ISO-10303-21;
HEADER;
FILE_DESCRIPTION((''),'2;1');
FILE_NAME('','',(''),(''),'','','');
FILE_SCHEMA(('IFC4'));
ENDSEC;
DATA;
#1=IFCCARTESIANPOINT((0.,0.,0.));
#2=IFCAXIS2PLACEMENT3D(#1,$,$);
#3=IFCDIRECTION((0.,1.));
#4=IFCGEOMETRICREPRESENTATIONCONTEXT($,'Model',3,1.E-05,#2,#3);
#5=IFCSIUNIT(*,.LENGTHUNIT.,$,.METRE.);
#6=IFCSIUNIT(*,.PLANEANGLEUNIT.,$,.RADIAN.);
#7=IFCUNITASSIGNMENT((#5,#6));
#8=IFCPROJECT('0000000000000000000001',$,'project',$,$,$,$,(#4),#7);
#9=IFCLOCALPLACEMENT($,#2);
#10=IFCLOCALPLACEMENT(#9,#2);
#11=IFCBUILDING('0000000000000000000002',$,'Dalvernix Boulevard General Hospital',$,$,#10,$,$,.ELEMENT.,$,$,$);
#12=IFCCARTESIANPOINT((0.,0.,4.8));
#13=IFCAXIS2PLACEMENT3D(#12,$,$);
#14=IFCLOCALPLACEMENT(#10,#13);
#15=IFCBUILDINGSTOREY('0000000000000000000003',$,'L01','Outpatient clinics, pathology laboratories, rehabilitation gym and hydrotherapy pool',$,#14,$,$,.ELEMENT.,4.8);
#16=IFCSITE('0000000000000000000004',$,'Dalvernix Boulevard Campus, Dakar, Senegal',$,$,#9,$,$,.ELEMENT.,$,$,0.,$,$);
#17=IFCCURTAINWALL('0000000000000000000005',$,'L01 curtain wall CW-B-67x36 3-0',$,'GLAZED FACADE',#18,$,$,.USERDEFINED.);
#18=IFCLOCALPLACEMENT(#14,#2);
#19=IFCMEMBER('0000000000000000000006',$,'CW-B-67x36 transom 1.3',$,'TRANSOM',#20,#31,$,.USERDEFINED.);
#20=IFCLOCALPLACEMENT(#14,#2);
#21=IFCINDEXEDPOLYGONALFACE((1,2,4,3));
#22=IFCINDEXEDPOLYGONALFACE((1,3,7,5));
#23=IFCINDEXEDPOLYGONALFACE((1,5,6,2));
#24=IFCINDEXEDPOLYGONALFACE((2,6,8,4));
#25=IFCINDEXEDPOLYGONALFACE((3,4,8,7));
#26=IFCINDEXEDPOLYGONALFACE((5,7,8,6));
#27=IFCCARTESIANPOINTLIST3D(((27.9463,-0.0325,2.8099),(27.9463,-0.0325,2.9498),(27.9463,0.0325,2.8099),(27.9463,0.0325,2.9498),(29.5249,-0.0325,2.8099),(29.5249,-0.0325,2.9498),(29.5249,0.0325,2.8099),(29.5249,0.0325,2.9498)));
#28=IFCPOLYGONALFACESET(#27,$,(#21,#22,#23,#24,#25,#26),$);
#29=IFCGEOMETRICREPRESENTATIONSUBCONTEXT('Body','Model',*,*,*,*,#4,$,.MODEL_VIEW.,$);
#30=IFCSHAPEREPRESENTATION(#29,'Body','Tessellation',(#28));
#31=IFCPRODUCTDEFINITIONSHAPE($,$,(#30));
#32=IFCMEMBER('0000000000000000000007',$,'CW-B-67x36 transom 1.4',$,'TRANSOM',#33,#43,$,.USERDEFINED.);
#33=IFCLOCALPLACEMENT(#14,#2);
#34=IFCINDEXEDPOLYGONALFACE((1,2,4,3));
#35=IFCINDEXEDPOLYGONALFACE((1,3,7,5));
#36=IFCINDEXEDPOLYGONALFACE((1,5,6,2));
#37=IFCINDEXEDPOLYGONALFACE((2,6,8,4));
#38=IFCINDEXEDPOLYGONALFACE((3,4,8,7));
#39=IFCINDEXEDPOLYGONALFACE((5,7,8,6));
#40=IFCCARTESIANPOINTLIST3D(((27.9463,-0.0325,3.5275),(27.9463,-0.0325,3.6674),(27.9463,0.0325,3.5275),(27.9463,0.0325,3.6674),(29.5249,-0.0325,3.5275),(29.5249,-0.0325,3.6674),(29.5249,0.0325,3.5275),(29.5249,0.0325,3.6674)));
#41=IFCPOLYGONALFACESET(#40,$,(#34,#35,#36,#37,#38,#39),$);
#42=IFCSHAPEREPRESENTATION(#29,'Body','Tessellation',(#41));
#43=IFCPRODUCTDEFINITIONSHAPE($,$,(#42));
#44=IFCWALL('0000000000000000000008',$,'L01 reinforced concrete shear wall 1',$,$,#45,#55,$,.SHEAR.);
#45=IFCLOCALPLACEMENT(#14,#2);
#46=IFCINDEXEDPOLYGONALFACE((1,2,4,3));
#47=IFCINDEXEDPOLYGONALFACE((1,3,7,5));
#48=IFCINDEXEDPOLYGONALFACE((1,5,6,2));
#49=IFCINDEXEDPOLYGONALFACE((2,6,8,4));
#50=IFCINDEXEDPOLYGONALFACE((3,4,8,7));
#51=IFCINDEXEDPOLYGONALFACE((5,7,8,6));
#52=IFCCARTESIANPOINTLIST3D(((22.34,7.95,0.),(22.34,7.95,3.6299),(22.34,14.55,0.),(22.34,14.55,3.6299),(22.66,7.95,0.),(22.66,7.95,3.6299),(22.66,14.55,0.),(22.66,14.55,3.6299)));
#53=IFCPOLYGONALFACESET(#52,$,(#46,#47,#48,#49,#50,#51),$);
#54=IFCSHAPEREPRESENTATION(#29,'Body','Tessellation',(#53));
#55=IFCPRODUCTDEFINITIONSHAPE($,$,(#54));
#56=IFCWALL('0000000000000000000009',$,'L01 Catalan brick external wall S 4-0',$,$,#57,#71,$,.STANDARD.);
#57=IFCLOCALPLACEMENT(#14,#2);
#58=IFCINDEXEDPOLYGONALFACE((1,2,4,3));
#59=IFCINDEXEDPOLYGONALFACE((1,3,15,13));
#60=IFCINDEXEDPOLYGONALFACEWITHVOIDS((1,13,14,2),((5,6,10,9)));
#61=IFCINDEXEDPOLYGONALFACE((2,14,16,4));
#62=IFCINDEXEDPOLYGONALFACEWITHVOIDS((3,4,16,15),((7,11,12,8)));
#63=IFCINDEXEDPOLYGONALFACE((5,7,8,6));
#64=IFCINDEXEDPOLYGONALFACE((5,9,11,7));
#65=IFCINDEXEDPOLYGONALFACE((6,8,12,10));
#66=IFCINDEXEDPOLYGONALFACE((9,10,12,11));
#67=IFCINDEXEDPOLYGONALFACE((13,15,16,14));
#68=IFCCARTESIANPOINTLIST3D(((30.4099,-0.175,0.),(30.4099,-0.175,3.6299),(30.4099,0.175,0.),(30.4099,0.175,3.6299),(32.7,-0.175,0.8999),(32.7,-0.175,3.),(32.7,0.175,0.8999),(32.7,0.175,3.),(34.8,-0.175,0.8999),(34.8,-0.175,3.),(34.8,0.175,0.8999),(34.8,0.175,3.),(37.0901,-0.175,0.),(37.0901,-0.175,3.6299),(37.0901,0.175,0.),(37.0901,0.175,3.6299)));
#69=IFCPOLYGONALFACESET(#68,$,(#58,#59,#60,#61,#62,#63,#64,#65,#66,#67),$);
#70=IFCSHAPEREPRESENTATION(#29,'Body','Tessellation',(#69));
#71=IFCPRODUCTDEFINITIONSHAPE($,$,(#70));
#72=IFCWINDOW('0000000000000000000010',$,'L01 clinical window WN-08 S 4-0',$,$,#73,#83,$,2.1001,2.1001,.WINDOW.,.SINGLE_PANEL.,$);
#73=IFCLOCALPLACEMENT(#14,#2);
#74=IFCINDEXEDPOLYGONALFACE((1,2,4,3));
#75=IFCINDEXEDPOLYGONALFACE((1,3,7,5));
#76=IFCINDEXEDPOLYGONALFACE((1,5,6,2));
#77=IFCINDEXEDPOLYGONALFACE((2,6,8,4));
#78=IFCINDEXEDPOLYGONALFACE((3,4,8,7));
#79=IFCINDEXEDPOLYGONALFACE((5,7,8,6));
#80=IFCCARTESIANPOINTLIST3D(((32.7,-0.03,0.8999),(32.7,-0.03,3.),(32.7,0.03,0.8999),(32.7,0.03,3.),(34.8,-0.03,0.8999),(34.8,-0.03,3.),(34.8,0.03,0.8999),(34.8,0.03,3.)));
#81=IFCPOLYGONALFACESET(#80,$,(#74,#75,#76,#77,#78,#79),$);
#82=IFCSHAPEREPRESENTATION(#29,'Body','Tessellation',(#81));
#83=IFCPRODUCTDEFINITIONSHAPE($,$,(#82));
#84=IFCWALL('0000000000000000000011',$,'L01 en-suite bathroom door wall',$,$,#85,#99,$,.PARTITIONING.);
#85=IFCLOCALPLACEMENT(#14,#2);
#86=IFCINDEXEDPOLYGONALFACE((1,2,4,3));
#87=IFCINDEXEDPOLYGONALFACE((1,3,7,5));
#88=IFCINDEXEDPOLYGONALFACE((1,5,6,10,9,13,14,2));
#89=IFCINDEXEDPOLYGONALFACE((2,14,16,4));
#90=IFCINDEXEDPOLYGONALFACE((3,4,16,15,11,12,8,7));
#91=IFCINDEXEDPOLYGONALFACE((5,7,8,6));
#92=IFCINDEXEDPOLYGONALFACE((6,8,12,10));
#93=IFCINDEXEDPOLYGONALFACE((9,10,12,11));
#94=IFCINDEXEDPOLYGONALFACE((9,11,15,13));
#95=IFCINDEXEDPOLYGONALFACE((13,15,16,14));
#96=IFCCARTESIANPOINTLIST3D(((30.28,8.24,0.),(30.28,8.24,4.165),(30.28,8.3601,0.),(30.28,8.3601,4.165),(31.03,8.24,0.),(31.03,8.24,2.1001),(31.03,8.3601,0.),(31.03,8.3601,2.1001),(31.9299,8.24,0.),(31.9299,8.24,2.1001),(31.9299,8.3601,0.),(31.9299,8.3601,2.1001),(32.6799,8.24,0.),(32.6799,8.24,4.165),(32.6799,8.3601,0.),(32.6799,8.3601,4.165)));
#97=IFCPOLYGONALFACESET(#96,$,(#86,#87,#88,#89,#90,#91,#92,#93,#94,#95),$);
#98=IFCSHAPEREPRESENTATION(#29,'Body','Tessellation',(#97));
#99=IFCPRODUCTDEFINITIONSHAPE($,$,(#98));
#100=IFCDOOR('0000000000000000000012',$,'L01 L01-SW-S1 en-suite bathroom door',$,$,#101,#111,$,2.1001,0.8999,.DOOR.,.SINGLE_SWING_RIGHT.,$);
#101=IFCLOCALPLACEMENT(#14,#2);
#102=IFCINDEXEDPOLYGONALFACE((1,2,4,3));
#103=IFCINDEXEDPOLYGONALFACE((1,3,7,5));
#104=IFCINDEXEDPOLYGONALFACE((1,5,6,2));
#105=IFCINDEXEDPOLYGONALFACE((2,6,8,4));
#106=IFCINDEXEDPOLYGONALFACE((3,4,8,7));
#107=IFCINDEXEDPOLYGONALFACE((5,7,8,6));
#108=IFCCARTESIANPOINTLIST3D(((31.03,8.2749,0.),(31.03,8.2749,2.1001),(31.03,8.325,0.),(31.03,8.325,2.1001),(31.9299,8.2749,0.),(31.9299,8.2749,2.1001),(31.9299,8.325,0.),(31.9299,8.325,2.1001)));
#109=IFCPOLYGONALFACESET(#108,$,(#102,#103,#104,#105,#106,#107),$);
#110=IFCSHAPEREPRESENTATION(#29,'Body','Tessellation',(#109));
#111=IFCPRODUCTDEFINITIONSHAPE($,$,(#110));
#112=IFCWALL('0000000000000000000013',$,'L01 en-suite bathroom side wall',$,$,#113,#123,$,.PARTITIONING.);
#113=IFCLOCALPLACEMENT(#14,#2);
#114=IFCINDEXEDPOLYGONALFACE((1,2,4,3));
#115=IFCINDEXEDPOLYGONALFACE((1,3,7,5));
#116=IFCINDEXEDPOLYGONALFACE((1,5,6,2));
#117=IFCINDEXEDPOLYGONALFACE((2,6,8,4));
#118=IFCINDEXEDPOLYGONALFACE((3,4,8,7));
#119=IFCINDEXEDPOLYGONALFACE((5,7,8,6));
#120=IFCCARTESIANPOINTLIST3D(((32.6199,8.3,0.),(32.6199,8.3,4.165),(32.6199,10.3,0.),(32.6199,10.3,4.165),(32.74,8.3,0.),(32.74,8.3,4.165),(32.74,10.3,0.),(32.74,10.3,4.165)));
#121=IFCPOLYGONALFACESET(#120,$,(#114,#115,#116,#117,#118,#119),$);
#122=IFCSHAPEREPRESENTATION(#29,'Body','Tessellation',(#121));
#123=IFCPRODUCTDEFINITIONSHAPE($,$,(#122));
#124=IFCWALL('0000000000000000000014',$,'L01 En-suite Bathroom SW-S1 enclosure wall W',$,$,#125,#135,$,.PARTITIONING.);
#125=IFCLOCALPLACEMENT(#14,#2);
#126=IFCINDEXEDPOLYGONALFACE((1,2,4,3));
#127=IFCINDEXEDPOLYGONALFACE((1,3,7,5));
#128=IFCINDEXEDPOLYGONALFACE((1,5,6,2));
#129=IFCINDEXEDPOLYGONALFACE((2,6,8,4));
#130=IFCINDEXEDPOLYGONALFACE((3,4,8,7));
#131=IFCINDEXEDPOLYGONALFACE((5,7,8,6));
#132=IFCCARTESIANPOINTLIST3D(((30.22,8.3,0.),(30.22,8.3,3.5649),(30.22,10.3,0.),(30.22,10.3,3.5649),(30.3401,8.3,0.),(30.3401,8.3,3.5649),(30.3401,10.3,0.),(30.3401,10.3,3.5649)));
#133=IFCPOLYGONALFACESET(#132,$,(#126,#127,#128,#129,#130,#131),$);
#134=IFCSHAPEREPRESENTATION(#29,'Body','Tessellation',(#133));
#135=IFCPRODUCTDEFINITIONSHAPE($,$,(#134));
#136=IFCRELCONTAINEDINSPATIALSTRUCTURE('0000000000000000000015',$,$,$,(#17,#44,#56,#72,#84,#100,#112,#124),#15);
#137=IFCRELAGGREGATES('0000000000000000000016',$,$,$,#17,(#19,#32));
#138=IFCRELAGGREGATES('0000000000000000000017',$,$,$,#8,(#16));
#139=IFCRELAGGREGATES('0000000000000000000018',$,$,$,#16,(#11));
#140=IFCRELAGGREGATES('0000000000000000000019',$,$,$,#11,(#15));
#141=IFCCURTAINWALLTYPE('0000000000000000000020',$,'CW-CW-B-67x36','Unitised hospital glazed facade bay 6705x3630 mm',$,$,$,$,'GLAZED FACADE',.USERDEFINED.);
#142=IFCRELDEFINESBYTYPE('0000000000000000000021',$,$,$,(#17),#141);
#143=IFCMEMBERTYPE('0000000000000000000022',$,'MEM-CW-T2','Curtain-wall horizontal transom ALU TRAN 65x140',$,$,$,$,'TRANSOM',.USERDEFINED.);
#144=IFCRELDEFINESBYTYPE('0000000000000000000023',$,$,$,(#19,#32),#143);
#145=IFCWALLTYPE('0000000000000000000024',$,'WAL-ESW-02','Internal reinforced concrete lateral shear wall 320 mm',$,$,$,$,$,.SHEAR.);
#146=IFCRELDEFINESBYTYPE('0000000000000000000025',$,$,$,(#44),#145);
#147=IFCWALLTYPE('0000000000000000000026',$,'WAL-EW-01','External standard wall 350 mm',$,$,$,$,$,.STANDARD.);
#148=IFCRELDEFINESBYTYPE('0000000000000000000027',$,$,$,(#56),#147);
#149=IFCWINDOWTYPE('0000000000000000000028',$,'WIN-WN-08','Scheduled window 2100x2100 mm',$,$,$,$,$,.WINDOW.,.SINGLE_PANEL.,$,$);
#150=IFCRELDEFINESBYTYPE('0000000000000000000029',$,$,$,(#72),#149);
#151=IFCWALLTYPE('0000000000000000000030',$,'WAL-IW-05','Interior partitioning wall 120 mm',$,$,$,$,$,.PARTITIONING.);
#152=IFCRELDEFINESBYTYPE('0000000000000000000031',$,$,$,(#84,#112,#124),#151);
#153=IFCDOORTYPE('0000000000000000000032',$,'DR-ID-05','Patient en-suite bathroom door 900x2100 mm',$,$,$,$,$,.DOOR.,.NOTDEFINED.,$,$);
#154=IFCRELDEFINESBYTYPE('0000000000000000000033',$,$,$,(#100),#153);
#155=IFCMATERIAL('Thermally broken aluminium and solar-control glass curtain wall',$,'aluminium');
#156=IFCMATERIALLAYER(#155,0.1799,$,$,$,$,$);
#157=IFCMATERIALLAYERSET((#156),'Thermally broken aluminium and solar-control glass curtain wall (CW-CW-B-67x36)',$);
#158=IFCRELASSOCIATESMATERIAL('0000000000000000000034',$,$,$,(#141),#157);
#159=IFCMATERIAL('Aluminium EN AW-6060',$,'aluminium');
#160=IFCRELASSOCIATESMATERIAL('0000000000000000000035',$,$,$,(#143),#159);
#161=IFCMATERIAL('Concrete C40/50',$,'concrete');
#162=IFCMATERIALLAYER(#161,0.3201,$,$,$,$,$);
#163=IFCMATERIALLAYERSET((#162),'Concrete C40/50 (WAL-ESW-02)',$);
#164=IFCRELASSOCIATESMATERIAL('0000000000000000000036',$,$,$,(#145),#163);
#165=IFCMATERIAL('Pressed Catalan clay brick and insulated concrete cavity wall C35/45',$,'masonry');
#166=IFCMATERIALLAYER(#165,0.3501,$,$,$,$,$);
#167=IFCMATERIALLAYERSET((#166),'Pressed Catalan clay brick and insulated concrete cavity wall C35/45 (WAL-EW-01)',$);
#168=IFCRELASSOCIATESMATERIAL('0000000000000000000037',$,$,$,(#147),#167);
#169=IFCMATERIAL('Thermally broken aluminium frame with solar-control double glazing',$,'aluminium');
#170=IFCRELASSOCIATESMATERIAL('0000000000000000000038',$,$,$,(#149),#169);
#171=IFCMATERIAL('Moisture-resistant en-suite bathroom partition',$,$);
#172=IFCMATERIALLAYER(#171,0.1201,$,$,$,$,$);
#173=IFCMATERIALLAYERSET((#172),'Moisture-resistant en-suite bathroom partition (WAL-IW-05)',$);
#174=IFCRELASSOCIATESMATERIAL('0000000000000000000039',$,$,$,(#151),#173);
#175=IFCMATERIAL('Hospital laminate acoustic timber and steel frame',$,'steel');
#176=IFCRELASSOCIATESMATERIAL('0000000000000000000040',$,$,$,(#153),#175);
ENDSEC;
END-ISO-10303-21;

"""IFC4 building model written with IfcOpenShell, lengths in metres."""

from ifc_helpers import new_model, si_unit, direction, frame, frame_2d, origin, origin_2d, place, context, subcontext, project, spatial, rectangle, extrude, material, layer, layer_set, material_profile, profile_set, type_object, element, fill, aggregate, save


model = new_model("IFC4")

# Units and contexts
model_context = context("Model", 3, precision=1e-05, world=origin(), true_north=direction((0.0, 1.0)))
body_context = subcontext(model_context, "Body", "Model", "MODEL_VIEW")
ifc_project = project(units=[si_unit("LENGTHUNIT", "METRE"), si_unit("PLANEANGLEUNIT", "RADIAN")], contexts=[model_context])

# Site, building, storey
site_placement = place(None, origin())
site = spatial("IfcSite", under=ifc_project, at=site_placement, Name="Dalvernix Boulevard Campus, Dakar, Senegal", CompositionType="ELEMENT", RefElevation=0.0)
building_placement = place(site_placement, origin())
building = spatial("IfcBuilding", under=site, at=building_placement, Name="Dalvernix Boulevard General Hospital", CompositionType="ELEMENT")
storey_placement = place(building_placement, frame((0.0, 0.0, 4.8)))
storey = spatial("IfcBuildingStorey", under=building, at=storey_placement, Name="L01", Description="Outpatient clinics, pathology laboratories, rehabilitation gym and hydrotherapy pool", CompositionType="ELEMENT", Elevation=4.8)

# Shared definitions
ifc_material_1 = material(Name="Concrete C40/50", Category="concrete")

# Curtain wall, members
ifc_material_2 = material(Name="Thermally broken aluminium and solar-control glass curtain wall", Category="aluminium")
ifc_layer_1 = layer(ifc_material_2, 0.1799)
ifc_layer_set_1 = layer_set([ifc_layer_1], Name="Thermally broken aluminium and solar-control glass curtain wall (CW-CW-B-67x36)")
curtain_wall_type = type_object("IfcCurtainWallType", Name="CW-CW-B-67x36", Description="Unitised hospital glazed facade bay 6705x3630 mm", ElementType="GLAZED FACADE", PredefinedType="USERDEFINED", material=ifc_layer_set_1)
curtain_wall_placement = place(storey_placement, origin())
curtain_wall = element("IfcCurtainWall", 1, at=curtain_wall_placement, inside=storey, type_object=curtain_wall_type, Name="L01 curtain wall CW-B-67x36 3-0", ObjectType="GLAZED FACADE", PredefinedType="USERDEFINED")
ifc_material_3 = material(Name="Aluminium EN AW-6060", Category="aluminium")
ifc_material_profile_1 = material_profile(ifc_material_3, rectangle(XDim=0.0649, YDim=0.1399, at=origin_2d()), Name="ALU TRAN 65x140")
ifc_profile_set_1 = profile_set([ifc_material_profile_1], Name="Aluminium EN AW-6060")
member_type_1 = type_object("IfcMemberType", Name="MEM-CW-T2", Description="Curtain-wall horizontal transom ALU TRAN 65x140", ElementType="TRANSOM", PredefinedType="USERDEFINED", material=ifc_profile_set_1)
member_1_placement = place(storey_placement, frame((29.5249, 0.0, 2.8799), z_axis=(-1.0, 0.0, 0.0), x_axis=(0.0, -1.0, 0.0)))
member_1 = element("IfcMember", 2, at=member_1_placement, type_object=member_type_1, Name="CW-B-67x36 transom 1.3", ObjectType="TRANSOM", PredefinedType="USERDEFINED", context=body_context, shape_type="SweptSolid", body=[
    extrude(rectangle(XDim=0.0649, YDim=0.1399, at=origin_2d()), origin(), (0.0, 0.0, 1.0), 1.5786),
])
member_2_placement = place(storey_placement, frame((29.5249, 0.0, 3.5974), z_axis=(-1.0, 0.0, 0.0), x_axis=(0.0, -1.0, 0.0)))
member_2 = element("IfcMember", 3, at=member_2_placement, type_object=member_type_1, Name="CW-B-67x36 transom 1.4", ObjectType="TRANSOM", PredefinedType="USERDEFINED", context=body_context, shape_type="SweptSolid", body=[
    extrude(rectangle(XDim=0.0649, YDim=0.1399, at=origin_2d()), origin(), (0.0, 0.0, 1.0), 1.5786),
])
aggregate(curtain_wall, [member_1, member_2])

# Wall
ifc_layer_2 = layer(ifc_material_1, 0.3201)
ifc_layer_set_2 = layer_set([ifc_layer_2], Name="Concrete C40/50 (WAL-ESW-02)")
wall_type_1 = type_object("IfcWallType", Name="WAL-ESW-02", Description="Internal reinforced concrete lateral shear wall 320 mm", PredefinedType="SHEAR", material=ifc_layer_set_2)
wall_1_placement = place(storey_placement, frame((22.5, 7.95, 0.0), z_axis=(0.0, 0.0, 1.0), x_axis=(0.0, 1.0, 0.0)))
element("IfcWall", 4, at=wall_1_placement, inside=storey, type_object=wall_type_1, Name="L01 reinforced concrete shear wall 1", PredefinedType="SHEAR", context=body_context, shape_type="SweptSolid", body=[
    extrude(rectangle(XDim=6.6001, YDim=0.3201, at=frame_2d((3.3, 0.0))), origin(), (0.0, 0.0, 1.0), 3.6299),
])

# Wall, opening, window
ifc_material_4 = material(Name="Pressed Catalan clay brick and insulated concrete cavity wall C35/45", Category="masonry")
ifc_layer_3 = layer(ifc_material_4, 0.3501)
ifc_layer_set_3 = layer_set([ifc_layer_3], Name="Pressed Catalan clay brick and insulated concrete cavity wall C35/45 (WAL-EW-01)")
wall_type_2 = type_object("IfcWallType", Name="WAL-EW-01", Description="External standard wall 350 mm", PredefinedType="STANDARD", material=ifc_layer_set_3)
wall_2_placement = place(storey_placement, frame((37.0901, 0.0, 0.0), z_axis=(0.0, 0.0, 1.0), x_axis=(-1.0, 0.0, 0.0)))
wall_2 = element("IfcWall", 5, at=wall_2_placement, inside=storey, type_object=wall_type_2, Name="L01 Catalan brick external wall S 4-0", PredefinedType="STANDARD", context=body_context, shape_type="SweptSolid", body=[
    extrude(rectangle(XDim=6.6802, YDim=0.3501, at=frame_2d((3.3401, 0.0))), origin(), (0.0, 0.0, 1.0), 3.6299),
])
opening_1_placement = place(wall_2_placement, frame((2.29, 0.0, 0.8999)))
opening_1 = element("IfcOpeningElement", 6, at=opening_1_placement, cuts=wall_2, PredefinedType="OPENING", context=body_context, shape_type="SweptSolid", body=[
    extrude(rectangle(XDim=2.1001, YDim=2.1001, at=frame_2d((1.05, 1.05))), frame((0.0, 0.1851, 0.0), z_axis=(0.0, -1.0, 0.0), x_axis=(1.0, 0.0, 0.0)), (0.0, 0.0, 1.0), 0.3701),
])
ifc_material_5 = material(Name="Thermally broken aluminium frame with solar-control double glazing", Category="aluminium")
window_type = type_object("IfcWindowType", Name="WIN-WN-08", Description="Scheduled window 2100x2100 mm", PartitioningType="SINGLE_PANEL", PredefinedType="WINDOW", material=ifc_material_5)
window_placement = place(opening_1_placement, origin())
window = element("IfcWindow", 7, at=window_placement, inside=storey, type_object=window_type, Name="L01 clinical window WN-08 S 4-0", OverallHeight=2.1001, OverallWidth=2.1001, PartitioningType="SINGLE_PANEL", PredefinedType="WINDOW", context=body_context, shape_type="SweptSolid", body=[
    extrude(rectangle(XDim=2.1001, YDim=2.1001, at=frame_2d((1.05, 1.05))), frame((0.0, 0.03, 0.0), z_axis=(0.0, -1.0, 0.0), x_axis=(1.0, 0.0, 0.0)), (0.0, 0.0, 1.0), 0.0601),
])
fill(opening_1, window)

# Wall, opening, door
ifc_material_6 = material(Name="Moisture-resistant en-suite bathroom partition")
ifc_layer_4 = layer(ifc_material_6, 0.1201)
ifc_layer_set_4 = layer_set([ifc_layer_4], Name="Moisture-resistant en-suite bathroom partition (WAL-IW-05)")
wall_type_3 = type_object("IfcWallType", Name="WAL-IW-05", Description="Interior partitioning wall 120 mm", PredefinedType="PARTITIONING", material=ifc_layer_set_4)
wall_3_placement = place(storey_placement, frame((30.28, 8.3, 0.0), z_axis=(0.0, 0.0, 1.0), x_axis=(1.0, 0.0, 0.0)))
wall_3 = element("IfcWall", 8, at=wall_3_placement, inside=storey, type_object=wall_type_3, Name="L01 en-suite bathroom door wall", PredefinedType="PARTITIONING", context=body_context, shape_type="SweptSolid", body=[
    extrude(rectangle(XDim=2.3999, YDim=0.1201, at=frame_2d((1.2, 0.0))), origin(), (0.0, 0.0, 1.0), 4.165),
])
opening_2_placement = place(wall_3_placement, frame((0.75, 0.0, 0.0)))
opening_2 = element("IfcOpeningElement", 9, at=opening_2_placement, cuts=wall_3, PredefinedType="OPENING", context=body_context, shape_type="SweptSolid", body=[
    extrude(rectangle(XDim=0.8999, YDim=2.1001, at=frame_2d((0.45, 1.05))), frame((0.0, 0.0701, 0.0), z_axis=(0.0, -1.0, 0.0), x_axis=(1.0, 0.0, 0.0)), (0.0, 0.0, 1.0), 0.1401),
])
ifc_material_7 = material(Name="Hospital laminate acoustic timber and steel frame", Category="steel")
door_type = type_object("IfcDoorType", Name="DR-ID-05", Description="Patient en-suite bathroom door 900x2100 mm", OperationType="NOTDEFINED", PredefinedType="DOOR", material=ifc_material_7)
door_placement = place(opening_2_placement, origin())
door = element("IfcDoor", 10, at=door_placement, inside=storey, type_object=door_type, Name="L01 L01-SW-S1 en-suite bathroom door", OperationType="SINGLE_SWING_RIGHT", OverallHeight=2.1001, OverallWidth=0.8999, PredefinedType="DOOR", context=body_context, shape_type="SweptSolid", body=[
    extrude(rectangle(XDim=0.8999, YDim=2.1001, at=frame_2d((0.45, 1.05))), frame((0.0, 0.0249, 0.0), z_axis=(0.0, -1.0, 0.0), x_axis=(1.0, 0.0, 0.0)), (0.0, 0.0, 1.0), 0.05),
])
fill(opening_2, door)

# Walls
wall_4_placement = place(storey_placement, frame((32.6799, 8.3, 0.0), z_axis=(0.0, 0.0, 1.0), x_axis=(0.0, 1.0, 0.0)))
element("IfcWall", 11, at=wall_4_placement, inside=storey, type_object=wall_type_3, Name="L01 en-suite bathroom side wall", PredefinedType="PARTITIONING", context=body_context, shape_type="SweptSolid", body=[
    extrude(rectangle(XDim=2.0, YDim=0.1201, at=frame_2d((1.0, 0.0))), origin(), (0.0, 0.0, 1.0), 4.165),
])
wall_5_placement = place(storey_placement, frame((30.28, 8.3, 0.0), z_axis=(0.0, 0.0, 1.0), x_axis=(0.0, 1.0, 0.0)))
element("IfcWall", 12, at=wall_5_placement, inside=storey, type_object=wall_type_3, Name="L01 En-suite Bathroom SW-S1 enclosure wall W", PredefinedType="PARTITIONING", context=body_context, shape_type="SweptSolid", body=[
    extrude(rectangle(XDim=2.0, YDim=0.1201, at=frame_2d((1.0, 0.0))), origin(), (0.0, 0.0, 1.0), 3.5649),
])

save(model, "model.ifc")
